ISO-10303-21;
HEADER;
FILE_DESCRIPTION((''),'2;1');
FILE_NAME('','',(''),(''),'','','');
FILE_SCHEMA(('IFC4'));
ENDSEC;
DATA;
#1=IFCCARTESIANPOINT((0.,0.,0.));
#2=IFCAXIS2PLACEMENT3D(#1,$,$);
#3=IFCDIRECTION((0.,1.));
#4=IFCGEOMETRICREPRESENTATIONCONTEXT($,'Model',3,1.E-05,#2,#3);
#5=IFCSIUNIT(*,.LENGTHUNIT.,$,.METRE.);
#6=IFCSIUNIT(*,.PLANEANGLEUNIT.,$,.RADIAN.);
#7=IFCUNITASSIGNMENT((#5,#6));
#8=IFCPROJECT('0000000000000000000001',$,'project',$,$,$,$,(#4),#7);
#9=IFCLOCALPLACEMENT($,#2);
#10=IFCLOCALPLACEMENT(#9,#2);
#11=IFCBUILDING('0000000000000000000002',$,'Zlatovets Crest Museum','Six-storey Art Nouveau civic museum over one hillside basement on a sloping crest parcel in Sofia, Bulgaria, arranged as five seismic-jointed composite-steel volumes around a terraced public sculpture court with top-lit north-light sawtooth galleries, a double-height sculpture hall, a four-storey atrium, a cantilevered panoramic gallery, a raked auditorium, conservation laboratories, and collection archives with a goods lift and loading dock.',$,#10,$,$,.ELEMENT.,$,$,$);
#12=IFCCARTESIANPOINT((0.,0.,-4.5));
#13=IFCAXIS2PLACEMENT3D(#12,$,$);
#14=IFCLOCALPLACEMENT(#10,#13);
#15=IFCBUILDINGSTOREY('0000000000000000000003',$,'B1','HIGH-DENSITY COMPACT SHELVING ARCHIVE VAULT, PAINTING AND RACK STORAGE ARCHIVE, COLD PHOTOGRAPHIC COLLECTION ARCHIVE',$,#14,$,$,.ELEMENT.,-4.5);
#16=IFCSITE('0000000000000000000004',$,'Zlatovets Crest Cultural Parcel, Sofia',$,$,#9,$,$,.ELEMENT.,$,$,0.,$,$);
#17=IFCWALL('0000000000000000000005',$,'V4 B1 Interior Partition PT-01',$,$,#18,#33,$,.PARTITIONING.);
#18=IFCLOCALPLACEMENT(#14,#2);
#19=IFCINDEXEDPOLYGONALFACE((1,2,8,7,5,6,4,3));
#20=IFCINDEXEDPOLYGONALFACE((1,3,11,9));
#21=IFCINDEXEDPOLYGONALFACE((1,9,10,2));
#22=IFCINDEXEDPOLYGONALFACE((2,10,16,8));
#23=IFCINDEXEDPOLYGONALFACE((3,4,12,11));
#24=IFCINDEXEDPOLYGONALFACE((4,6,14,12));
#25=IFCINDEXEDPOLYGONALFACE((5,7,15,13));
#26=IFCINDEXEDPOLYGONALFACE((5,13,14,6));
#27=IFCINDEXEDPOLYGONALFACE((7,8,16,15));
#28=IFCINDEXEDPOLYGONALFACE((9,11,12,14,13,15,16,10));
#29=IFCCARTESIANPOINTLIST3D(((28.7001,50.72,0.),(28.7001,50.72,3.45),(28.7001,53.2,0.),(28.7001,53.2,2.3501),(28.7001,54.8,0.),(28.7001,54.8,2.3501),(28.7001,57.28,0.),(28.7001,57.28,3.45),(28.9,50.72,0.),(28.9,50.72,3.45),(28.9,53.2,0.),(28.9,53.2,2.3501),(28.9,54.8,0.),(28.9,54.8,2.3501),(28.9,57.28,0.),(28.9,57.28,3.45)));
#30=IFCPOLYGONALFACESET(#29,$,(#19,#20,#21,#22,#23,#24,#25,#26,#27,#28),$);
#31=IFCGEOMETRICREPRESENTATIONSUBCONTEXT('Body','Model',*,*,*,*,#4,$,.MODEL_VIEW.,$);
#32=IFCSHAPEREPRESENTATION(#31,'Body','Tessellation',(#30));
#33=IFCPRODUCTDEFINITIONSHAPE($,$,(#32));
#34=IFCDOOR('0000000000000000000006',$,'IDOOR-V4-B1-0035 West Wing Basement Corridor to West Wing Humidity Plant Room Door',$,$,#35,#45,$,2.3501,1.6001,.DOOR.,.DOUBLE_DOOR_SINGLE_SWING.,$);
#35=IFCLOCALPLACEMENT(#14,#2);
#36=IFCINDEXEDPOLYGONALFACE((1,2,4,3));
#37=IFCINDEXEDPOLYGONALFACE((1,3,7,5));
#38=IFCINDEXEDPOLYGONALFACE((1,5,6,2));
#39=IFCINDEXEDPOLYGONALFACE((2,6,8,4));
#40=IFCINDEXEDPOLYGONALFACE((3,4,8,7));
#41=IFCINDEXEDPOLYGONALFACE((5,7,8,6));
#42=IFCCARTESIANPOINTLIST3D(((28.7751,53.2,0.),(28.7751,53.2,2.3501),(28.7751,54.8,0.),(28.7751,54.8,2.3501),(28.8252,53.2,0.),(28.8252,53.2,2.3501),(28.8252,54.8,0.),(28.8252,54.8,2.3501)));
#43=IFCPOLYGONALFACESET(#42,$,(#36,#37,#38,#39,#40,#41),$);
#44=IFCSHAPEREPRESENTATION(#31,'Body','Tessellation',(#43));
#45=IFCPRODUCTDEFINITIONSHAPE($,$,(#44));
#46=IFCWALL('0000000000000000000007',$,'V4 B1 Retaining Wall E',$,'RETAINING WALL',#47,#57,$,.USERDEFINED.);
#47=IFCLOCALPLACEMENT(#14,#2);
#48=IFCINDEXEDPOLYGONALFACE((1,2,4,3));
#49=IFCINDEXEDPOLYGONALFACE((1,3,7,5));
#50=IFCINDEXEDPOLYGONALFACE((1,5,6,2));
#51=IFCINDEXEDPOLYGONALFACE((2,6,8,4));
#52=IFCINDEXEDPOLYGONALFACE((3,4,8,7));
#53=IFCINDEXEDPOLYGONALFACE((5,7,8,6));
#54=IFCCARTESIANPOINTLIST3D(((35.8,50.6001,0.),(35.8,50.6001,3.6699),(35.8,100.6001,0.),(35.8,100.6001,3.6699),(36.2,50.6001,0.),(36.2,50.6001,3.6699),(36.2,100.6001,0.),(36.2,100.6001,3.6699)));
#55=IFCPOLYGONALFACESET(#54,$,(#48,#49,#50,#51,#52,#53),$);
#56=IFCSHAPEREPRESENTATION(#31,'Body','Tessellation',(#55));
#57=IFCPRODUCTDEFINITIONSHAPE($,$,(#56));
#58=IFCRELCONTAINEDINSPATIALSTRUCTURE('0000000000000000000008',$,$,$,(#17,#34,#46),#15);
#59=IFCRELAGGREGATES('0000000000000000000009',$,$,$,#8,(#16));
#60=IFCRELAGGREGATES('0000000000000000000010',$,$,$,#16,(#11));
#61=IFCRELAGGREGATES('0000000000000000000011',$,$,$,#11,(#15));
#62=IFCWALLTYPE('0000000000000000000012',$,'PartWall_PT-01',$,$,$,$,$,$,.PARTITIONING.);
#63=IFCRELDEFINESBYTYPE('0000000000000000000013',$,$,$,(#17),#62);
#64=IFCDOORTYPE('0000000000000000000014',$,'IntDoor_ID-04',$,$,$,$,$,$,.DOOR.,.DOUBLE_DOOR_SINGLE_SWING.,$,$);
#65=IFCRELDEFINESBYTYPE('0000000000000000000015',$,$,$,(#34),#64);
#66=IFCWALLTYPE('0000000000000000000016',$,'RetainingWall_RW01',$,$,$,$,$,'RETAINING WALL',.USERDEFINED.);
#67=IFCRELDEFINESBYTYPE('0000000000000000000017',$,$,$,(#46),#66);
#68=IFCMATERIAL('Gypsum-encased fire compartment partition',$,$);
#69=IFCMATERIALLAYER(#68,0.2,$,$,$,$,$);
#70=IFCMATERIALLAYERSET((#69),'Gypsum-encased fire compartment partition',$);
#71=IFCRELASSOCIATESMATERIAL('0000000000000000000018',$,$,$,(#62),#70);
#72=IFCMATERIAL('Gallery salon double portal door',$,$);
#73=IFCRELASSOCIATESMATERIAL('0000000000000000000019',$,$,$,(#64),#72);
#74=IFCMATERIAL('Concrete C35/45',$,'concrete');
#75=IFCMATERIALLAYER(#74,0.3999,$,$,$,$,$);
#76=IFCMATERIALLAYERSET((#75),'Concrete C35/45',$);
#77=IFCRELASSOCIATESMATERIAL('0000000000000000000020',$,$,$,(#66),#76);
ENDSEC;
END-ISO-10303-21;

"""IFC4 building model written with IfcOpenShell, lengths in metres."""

from ifc_helpers import new_model, si_unit, direction, frame, frame_2d, origin, place, context, subcontext, project, spatial, rectangle, extrude, material, layer, layer_set, type_object, element, fill, save


model = new_model("IFC4")

# Units and contexts
model_context = context("Model", 3, precision=1e-05, world=origin(), true_north=direction((0.0, 1.0)))
body_context = subcontext(model_context, "Body", "Model", "MODEL_VIEW")
ifc_project = project(units=[si_unit("LENGTHUNIT", "METRE"), si_unit("PLANEANGLEUNIT", "RADIAN")], contexts=[model_context])

# Site, building, storey
site_placement = place(None, origin())
site = spatial("IfcSite", under=ifc_project, at=site_placement, Name="Zlatovets Crest Cultural Parcel, Sofia", CompositionType="ELEMENT", RefElevation=0.0)
building_placement = place(site_placement, origin())
building = spatial("IfcBuilding", under=site, at=building_placement, Name="Zlatovets Crest Museum", Description="Six-storey Art Nouveau civic museum over one hillside basement on a sloping crest parcel in Sofia, Bulgaria, arranged as five seismic-jointed composite-steel volumes around a terraced public sculpture court with top-lit north-light sawtooth galleries, a double-height sculpture hall, a four-storey atrium, a cantilevered panoramic gallery, a raked auditorium, conservation laboratories, and collection archives with a goods lift and loading dock.", CompositionType="ELEMENT")
storey_placement = place(building_placement, frame((0.0, 0.0, -4.5)))
storey = spatial("IfcBuildingStorey", under=building, at=storey_placement, Name="B1", Description="HIGH-DENSITY COMPACT SHELVING ARCHIVE VAULT, PAINTING AND RACK STORAGE ARCHIVE, COLD PHOTOGRAPHIC COLLECTION ARCHIVE", CompositionType="ELEMENT", Elevation=-4.5)

# Shared definitions
ifc_material_1 = material(Name="Concrete C35/45", Category="concrete")

# Wall, opening, door
ifc_material_2 = material(Name="Gypsum-encased fire compartment partition")
ifc_layer_1 = layer(ifc_material_2, 0.2)
ifc_layer_set_1 = layer_set([ifc_layer_1], Name="Gypsum-encased fire compartment partition")
wall_type_1 = type_object("IfcWallType", Name="PartWall_PT-01", PredefinedType="PARTITIONING", material=ifc_layer_set_1)
wall_1_placement = place(storey_placement, frame((28.8, 50.72, 0.0), z_axis=(0.0, 0.0, 1.0), x_axis=(0.0, 1.0, 0.0)))
wall_1 = element("IfcWall", 1, at=wall_1_placement, inside=storey, type_object=wall_type_1, Name="V4 B1 Interior Partition PT-01", PredefinedType="PARTITIONING", context=body_context, shape_type="SweptSolid", body=[
    extrude(rectangle(XDim=6.5601, YDim=0.2, at=frame_2d((3.28, 0.0))), origin(), (0.0, 0.0, 1.0), 3.45),
])
opening_placement = place(wall_1_placement, frame((2.48, 0.0, 0.0)))
opening = element("IfcOpeningElement", 2, at=opening_placement, cuts=wall_1, PredefinedType="OPENING", context=body_context, shape_type="SweptSolid", body=[
    extrude(rectangle(XDim=1.6001, YDim=2.3501, at=frame_2d((0.8, 1.175))), frame((0.0, 0.1099, 0.0), z_axis=(0.0, -1.0, 0.0), x_axis=(1.0, 0.0, 0.0)), (0.0, 0.0, 1.0), 0.22),
])
ifc_material_3 = material(Name="Gallery salon double portal door")
door_type = type_object("IfcDoorType", Name="IntDoor_ID-04", OperationType="DOUBLE_DOOR_SINGLE_SWING", PredefinedType="DOOR", material=ifc_material_3)
door_placement = place(opening_placement, origin())
door = element("IfcDoor", 3, at=door_placement, inside=storey, type_object=door_type, Name="IDOOR-V4-B1-0035 West Wing Basement Corridor to West Wing Humidity Plant Room Door", OperationType="DOUBLE_DOOR_SINGLE_SWING", OverallHeight=2.3501, OverallWidth=1.6001, PredefinedType="DOOR", context=body_context, shape_type="SweptSolid", body=[
    extrude(rectangle(XDim=1.6001, YDim=2.3501, at=frame_2d((0.8, 1.175))), frame((0.0, 0.0249, 0.0), z_axis=(0.0, -1.0, 0.0), x_axis=(1.0, 0.0, 0.0)), (0.0, 0.0, 1.0), 0.05),
])
fill(opening, door)

# Wall
ifc_layer_2 = layer(ifc_material_1, 0.3999)
ifc_layer_set_2 = layer_set([ifc_layer_2], Name="Concrete C35/45")
wall_type_2 = type_object("IfcWallType", Name="RetainingWall_RW01", ElementType="RETAINING WALL", PredefinedType="USERDEFINED", material=ifc_layer_set_2)
wall_2_placement = place(storey_placement, frame((36.0, 50.6001, 0.0), z_axis=(0.0, 0.0, 1.0), x_axis=(0.0, 1.0, 0.0)))
element("IfcWall", 4, at=wall_2_placement, inside=storey, type_object=wall_type_2, Name="V4 B1 Retaining Wall E", ObjectType="RETAINING WALL", PredefinedType="USERDEFINED", context=body_context, shape_type="SweptSolid", body=[
    extrude(rectangle(XDim=50.0, YDim=0.3999, at=frame_2d((25.0, 0.0))), origin(), (0.0, 0.0, 1.0), 3.6699),
])

save(model, "model.ifc")
